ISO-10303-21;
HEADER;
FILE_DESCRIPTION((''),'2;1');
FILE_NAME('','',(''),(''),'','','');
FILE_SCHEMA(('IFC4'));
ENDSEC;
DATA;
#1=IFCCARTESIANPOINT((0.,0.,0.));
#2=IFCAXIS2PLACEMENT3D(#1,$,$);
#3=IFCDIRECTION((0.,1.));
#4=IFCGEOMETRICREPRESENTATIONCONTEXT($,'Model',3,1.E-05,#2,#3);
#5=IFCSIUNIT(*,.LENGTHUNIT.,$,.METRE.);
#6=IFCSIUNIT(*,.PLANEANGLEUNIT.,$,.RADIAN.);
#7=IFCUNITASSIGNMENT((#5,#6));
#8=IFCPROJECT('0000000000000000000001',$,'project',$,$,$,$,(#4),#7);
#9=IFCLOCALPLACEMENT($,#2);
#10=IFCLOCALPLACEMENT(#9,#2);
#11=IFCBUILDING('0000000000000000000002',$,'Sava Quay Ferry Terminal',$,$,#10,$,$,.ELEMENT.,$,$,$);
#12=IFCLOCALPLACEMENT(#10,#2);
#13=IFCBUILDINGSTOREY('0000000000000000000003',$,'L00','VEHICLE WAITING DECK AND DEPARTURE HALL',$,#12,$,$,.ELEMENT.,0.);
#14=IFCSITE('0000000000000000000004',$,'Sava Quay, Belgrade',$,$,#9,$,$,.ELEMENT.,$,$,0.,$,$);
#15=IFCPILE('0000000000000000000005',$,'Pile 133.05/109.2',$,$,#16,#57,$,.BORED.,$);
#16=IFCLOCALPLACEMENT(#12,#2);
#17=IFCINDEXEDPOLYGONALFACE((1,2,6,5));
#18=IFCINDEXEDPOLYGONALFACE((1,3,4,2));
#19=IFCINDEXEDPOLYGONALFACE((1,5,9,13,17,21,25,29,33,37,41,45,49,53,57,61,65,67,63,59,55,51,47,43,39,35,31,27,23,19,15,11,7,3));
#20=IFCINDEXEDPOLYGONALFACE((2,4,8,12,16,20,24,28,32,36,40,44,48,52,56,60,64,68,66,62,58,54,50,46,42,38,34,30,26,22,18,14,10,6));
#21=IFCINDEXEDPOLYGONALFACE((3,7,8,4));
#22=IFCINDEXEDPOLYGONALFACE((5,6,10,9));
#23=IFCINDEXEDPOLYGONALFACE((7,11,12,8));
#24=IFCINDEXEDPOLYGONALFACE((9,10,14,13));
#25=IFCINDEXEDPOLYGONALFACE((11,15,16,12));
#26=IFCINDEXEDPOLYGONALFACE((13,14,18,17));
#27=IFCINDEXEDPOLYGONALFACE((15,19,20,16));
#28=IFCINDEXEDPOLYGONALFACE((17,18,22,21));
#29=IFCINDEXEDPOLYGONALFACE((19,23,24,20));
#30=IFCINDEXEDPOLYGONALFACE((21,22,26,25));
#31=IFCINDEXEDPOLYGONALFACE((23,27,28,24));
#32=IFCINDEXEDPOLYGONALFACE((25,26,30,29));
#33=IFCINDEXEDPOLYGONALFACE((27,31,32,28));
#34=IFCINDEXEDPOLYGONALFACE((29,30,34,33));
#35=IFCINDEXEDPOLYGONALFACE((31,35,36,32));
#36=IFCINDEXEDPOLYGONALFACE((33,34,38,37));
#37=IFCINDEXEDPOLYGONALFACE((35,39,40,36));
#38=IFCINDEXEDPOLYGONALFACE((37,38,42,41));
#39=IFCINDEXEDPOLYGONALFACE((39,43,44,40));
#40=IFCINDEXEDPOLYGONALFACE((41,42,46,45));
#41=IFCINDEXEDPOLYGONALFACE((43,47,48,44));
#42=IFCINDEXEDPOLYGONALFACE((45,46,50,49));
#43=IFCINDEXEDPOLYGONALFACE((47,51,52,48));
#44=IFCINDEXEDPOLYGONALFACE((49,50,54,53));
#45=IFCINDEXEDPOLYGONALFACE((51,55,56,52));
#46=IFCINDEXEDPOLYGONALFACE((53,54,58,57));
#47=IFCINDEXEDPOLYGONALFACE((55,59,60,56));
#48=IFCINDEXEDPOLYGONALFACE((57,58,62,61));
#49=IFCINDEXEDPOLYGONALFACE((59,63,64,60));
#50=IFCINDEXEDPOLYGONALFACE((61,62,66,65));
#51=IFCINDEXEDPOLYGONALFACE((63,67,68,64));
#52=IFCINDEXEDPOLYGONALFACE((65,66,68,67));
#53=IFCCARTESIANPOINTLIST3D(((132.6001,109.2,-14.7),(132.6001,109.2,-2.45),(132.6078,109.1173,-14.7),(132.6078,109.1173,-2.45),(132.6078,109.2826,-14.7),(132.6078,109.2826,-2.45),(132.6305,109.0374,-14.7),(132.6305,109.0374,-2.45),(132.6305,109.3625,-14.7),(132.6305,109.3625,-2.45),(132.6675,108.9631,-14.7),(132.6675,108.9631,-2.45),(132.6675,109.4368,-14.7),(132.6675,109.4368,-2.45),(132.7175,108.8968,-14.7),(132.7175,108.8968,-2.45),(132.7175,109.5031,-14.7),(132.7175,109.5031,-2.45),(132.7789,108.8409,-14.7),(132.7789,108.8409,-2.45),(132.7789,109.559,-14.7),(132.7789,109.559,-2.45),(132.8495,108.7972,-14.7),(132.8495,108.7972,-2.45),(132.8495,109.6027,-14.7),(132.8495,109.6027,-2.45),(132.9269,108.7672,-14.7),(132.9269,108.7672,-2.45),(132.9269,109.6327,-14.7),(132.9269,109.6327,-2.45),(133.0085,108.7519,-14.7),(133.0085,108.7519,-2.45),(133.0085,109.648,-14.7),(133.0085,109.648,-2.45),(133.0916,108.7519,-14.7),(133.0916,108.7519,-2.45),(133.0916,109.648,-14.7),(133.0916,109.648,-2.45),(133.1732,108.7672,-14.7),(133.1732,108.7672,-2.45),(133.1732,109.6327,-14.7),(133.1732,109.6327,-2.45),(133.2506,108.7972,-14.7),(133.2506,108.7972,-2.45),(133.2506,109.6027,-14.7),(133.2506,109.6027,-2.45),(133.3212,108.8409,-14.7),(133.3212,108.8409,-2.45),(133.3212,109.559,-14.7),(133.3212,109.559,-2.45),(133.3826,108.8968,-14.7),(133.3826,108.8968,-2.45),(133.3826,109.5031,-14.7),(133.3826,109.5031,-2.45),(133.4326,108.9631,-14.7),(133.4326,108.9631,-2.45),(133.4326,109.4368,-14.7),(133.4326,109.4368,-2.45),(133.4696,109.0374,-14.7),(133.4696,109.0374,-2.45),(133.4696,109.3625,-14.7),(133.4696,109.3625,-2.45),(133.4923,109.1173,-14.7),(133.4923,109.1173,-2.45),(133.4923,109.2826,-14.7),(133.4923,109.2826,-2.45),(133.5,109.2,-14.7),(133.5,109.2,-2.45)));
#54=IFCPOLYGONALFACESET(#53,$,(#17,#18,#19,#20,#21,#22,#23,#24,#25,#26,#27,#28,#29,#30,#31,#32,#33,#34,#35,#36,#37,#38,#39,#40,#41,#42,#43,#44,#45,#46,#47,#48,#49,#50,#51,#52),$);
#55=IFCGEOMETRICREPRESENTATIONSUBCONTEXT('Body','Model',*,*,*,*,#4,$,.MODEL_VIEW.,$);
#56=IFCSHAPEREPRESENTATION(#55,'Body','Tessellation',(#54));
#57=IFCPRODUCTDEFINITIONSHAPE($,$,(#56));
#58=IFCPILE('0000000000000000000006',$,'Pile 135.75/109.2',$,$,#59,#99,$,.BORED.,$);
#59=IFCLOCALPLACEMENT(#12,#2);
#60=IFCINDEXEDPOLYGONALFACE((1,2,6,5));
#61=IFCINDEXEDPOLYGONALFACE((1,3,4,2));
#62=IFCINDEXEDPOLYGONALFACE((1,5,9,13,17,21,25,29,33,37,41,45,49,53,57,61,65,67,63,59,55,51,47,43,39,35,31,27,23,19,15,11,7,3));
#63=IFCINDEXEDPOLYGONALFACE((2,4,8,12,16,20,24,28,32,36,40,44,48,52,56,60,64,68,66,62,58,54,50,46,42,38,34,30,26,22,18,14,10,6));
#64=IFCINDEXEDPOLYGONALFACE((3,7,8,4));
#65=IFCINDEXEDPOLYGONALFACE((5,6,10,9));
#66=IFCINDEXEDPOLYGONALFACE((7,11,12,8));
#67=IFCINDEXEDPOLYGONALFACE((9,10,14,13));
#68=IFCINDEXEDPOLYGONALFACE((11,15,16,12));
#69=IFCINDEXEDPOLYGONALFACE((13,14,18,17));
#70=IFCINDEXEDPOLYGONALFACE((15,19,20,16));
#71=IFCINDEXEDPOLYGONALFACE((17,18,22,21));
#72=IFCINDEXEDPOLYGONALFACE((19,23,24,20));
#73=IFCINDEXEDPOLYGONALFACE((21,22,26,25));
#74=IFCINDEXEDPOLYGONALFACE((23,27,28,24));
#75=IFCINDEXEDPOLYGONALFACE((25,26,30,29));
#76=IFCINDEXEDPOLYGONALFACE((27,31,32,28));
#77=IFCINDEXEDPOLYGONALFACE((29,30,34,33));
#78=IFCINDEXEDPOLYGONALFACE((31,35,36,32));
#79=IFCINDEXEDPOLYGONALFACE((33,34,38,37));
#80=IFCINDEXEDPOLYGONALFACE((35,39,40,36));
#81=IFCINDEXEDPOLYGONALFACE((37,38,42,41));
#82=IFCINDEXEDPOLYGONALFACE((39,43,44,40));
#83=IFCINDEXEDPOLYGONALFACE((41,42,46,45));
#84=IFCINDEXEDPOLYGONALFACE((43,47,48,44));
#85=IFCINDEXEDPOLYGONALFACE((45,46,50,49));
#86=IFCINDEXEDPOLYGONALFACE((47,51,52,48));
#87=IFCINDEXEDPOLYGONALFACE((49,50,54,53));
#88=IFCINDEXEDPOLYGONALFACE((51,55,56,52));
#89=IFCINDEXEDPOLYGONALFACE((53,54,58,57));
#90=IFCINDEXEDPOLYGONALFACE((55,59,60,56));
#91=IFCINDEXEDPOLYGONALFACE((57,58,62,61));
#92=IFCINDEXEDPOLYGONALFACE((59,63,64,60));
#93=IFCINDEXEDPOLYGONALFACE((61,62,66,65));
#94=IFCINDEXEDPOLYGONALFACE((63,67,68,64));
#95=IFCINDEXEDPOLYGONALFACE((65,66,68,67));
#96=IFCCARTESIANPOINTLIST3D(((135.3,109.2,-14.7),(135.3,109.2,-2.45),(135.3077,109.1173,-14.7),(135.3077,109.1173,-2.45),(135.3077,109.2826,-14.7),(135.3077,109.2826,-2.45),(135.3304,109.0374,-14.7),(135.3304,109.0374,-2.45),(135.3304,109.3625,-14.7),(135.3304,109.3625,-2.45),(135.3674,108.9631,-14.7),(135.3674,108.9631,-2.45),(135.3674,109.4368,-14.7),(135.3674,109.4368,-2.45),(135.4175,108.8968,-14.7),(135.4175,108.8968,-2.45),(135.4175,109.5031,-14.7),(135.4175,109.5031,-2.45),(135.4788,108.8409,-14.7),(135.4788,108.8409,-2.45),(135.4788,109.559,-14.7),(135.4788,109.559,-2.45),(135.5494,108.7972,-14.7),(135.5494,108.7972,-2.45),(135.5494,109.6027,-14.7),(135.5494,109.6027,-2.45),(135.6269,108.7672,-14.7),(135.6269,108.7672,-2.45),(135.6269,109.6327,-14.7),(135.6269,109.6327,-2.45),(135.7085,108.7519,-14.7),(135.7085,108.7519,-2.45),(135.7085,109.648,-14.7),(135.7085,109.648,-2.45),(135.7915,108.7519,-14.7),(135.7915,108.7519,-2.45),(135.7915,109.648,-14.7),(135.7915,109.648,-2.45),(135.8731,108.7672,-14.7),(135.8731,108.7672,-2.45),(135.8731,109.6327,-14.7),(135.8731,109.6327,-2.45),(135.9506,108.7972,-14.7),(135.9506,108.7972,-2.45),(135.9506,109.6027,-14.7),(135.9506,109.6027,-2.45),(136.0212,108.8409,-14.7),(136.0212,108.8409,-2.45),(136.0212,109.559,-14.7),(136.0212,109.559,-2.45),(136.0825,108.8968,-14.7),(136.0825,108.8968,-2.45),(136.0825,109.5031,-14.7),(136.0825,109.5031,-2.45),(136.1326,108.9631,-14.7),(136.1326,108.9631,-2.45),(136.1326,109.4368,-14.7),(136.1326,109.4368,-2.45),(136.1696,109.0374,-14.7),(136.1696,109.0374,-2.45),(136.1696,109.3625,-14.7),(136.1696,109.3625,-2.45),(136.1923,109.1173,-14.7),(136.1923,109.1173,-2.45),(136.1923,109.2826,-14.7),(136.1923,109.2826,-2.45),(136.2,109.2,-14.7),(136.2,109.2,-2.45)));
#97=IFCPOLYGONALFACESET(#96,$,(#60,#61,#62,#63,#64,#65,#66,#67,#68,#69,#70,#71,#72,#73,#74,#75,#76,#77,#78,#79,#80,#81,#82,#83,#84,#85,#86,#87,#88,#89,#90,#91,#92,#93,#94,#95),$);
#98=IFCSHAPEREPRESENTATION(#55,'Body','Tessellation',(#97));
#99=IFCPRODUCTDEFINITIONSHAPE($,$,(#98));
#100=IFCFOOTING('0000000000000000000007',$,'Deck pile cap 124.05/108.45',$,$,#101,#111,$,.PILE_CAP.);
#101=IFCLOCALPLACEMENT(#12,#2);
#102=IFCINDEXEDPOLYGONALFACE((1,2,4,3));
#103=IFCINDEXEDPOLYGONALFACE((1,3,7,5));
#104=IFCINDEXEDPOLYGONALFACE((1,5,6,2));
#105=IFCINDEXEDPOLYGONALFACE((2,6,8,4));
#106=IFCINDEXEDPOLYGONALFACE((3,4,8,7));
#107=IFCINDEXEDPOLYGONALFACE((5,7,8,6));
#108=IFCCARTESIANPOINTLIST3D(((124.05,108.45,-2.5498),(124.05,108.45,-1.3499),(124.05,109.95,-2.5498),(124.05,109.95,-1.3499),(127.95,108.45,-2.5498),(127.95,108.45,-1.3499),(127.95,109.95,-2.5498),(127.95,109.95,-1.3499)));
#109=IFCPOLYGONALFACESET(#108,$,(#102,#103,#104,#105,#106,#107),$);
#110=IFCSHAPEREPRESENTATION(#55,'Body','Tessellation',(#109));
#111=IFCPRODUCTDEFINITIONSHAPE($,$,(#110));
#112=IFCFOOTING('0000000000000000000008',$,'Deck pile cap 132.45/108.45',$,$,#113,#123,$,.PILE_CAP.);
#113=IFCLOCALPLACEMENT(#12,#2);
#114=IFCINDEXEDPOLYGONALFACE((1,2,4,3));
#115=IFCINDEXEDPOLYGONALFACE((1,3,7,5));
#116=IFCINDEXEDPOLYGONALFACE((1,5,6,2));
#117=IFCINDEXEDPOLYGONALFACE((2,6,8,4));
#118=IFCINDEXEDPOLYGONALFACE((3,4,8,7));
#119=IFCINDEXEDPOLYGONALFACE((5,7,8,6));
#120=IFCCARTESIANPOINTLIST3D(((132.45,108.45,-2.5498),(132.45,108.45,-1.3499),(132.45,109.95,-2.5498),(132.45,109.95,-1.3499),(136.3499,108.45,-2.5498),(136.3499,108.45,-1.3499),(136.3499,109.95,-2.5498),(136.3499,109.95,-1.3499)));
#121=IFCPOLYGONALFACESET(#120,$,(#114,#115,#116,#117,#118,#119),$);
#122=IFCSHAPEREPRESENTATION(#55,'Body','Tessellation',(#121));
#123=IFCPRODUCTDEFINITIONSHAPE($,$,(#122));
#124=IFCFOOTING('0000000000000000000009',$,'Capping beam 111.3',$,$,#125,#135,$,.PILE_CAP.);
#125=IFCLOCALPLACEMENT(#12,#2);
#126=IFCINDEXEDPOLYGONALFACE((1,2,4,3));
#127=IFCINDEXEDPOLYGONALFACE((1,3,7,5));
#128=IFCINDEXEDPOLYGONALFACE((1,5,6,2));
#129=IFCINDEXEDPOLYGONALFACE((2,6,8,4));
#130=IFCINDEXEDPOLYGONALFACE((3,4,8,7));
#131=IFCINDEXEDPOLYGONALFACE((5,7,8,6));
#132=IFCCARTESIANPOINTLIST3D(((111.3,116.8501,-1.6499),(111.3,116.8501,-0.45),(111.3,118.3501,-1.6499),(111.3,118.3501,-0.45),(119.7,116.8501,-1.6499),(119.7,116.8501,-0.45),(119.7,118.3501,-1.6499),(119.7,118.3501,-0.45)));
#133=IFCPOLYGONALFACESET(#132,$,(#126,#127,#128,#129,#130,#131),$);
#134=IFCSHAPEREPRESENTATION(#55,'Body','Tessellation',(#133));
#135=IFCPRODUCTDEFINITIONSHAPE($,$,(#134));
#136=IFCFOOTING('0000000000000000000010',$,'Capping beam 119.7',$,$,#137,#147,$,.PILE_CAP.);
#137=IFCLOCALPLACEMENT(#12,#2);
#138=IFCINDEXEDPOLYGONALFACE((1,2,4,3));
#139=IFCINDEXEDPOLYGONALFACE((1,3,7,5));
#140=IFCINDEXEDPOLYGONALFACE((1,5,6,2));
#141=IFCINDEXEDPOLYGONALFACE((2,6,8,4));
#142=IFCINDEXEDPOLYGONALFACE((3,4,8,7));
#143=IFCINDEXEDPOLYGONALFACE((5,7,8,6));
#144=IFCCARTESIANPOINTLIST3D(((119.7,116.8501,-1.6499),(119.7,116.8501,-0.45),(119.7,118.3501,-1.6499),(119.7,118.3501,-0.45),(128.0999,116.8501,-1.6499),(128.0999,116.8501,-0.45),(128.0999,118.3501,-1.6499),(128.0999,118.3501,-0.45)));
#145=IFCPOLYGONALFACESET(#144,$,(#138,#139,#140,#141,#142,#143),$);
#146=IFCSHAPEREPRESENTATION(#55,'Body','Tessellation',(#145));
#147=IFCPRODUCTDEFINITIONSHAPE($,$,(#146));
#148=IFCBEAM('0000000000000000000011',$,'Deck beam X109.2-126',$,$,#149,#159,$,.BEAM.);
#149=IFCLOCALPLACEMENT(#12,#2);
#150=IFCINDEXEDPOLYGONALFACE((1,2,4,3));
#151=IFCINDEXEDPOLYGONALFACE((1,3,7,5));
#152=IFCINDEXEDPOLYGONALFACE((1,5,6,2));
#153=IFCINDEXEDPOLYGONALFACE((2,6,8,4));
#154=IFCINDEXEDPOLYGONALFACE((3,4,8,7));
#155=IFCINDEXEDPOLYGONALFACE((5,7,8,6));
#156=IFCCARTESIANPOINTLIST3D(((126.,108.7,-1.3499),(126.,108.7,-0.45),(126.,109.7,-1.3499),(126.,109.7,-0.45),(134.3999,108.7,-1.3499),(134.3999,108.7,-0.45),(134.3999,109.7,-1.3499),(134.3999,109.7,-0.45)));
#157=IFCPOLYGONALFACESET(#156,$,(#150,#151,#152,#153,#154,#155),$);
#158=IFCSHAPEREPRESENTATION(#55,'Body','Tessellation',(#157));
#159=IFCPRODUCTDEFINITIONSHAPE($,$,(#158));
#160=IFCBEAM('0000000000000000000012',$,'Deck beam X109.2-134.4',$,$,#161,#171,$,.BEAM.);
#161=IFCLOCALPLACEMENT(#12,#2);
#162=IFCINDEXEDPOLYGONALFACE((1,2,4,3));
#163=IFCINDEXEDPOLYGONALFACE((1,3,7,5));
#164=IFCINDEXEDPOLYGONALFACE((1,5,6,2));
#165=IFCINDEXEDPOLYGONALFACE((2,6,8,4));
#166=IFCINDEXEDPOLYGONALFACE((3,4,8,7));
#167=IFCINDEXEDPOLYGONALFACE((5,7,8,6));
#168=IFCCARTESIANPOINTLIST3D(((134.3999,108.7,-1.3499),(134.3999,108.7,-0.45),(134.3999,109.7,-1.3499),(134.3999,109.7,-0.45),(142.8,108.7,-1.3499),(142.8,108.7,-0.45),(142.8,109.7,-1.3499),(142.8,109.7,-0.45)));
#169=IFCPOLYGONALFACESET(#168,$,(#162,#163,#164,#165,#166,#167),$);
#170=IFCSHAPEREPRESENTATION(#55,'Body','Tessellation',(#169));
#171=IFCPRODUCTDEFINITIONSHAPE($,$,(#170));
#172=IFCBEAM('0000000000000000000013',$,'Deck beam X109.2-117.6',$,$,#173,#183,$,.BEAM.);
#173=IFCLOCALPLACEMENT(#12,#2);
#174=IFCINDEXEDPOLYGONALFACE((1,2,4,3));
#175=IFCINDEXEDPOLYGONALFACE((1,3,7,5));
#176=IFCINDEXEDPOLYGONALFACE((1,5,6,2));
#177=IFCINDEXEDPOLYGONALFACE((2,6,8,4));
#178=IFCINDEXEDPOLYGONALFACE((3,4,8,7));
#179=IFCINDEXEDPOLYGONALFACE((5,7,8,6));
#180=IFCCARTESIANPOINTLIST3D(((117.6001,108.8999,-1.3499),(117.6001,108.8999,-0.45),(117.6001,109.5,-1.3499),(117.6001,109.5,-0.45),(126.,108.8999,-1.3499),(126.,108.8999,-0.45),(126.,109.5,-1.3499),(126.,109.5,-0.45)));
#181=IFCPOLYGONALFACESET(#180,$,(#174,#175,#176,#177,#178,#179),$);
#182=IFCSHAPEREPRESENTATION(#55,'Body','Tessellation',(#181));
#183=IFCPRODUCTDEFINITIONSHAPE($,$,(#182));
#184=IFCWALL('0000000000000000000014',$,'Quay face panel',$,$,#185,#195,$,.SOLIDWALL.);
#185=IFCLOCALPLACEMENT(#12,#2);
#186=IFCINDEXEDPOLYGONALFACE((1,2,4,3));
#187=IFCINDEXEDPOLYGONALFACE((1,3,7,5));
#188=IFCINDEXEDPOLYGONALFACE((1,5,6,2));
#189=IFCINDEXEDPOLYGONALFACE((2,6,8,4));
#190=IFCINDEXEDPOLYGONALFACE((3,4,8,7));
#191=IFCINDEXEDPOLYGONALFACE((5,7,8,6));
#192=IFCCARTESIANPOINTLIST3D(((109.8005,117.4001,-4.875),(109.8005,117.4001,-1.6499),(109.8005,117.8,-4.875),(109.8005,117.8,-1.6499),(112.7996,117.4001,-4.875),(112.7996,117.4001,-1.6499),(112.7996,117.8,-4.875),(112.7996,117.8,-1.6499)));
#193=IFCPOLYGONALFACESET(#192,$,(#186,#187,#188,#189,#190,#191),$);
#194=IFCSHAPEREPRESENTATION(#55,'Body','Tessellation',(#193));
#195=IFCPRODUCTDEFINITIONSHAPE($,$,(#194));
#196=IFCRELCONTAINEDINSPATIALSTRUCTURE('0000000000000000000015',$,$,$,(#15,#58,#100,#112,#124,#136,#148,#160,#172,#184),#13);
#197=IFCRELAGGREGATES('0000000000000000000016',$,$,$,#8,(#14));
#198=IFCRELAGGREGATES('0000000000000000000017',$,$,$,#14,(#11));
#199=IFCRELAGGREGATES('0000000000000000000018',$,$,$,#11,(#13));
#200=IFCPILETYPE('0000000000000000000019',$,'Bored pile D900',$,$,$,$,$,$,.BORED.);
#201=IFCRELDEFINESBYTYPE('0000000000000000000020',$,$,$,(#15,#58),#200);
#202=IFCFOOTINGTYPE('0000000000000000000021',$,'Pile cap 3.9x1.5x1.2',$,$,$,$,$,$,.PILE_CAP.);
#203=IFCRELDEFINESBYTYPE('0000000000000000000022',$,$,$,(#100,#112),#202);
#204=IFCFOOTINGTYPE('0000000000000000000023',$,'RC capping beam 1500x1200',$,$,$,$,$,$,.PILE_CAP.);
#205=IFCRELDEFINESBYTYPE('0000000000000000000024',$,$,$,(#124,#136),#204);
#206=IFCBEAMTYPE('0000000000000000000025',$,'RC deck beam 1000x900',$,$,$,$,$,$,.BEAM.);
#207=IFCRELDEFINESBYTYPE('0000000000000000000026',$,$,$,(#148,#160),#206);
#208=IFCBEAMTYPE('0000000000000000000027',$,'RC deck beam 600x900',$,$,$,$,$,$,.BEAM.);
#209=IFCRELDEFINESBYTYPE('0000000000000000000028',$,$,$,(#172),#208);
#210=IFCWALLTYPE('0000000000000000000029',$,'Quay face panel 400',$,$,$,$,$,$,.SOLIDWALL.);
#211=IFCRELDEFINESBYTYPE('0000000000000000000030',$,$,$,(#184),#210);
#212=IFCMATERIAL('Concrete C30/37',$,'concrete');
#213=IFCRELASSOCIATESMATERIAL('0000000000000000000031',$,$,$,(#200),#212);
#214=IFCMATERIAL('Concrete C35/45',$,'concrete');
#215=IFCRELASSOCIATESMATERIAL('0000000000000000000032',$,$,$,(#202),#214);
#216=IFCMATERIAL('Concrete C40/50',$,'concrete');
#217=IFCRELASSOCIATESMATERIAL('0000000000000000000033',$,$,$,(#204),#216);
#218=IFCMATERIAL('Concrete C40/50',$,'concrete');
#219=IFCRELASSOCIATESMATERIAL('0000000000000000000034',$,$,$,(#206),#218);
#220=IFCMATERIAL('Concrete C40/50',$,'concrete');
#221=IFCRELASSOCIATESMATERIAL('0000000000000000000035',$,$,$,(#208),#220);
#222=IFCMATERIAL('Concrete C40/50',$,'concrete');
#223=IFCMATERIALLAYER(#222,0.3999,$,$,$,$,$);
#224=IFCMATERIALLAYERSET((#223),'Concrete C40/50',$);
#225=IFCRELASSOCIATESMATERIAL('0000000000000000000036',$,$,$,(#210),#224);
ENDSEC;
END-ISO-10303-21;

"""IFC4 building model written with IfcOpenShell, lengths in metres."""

from ifc_helpers import new_model, si_unit, direction, frame, frame_2d, origin, origin_2d, place, context, subcontext, project, spatial, rectangle, circle, extrude, material, layer, layer_set, material_profile, profile_set, type_object, element, save


model = new_model("IFC4")

# Units and contexts
model_context = context("Model", 3, precision=1e-05, world=origin(), true_north=direction((0.0, 1.0)))
body_context = subcontext(model_context, "Body", "Model", "MODEL_VIEW")
ifc_project = project(units=[si_unit("LENGTHUNIT", "METRE"), si_unit("PLANEANGLEUNIT", "RADIAN")], contexts=[model_context])

# Site, building, storey
site_placement = place(None, origin())
site = spatial("IfcSite", under=ifc_project, at=site_placement, Name="Sava Quay, Belgrade", CompositionType="ELEMENT", RefElevation=0.0)
building_placement = place(site_placement, origin())
building = spatial("IfcBuilding", under=site, at=building_placement, Name="Sava Quay Ferry Terminal", CompositionType="ELEMENT")
storey_placement = place(building_placement, origin())
storey = spatial("IfcBuildingStorey", under=building, at=storey_placement, Name="L00", Description="VEHICLE WAITING DECK AND DEPARTURE HALL", CompositionType="ELEMENT", Elevation=0.0)

# Piles
ifc_material_1 = material(Name="Concrete C30/37", Category="concrete")
ifc_material_profile_1 = material_profile(ifc_material_1, circle(Radius=0.45, at=origin_2d()), Name="Bored pile D900")
ifc_profile_set_1 = profile_set([ifc_material_profile_1], Name="Concrete C30/37")
pile_type_1 = type_object("IfcPileType", Name="Bored pile D900", PredefinedType="BORED", material=ifc_profile_set_1)
for number, where, z_axis, x_axis, name in (
    (1, (133.05, 109.2, -2.45), (0.0, 0.0, -1.0), (1.0, 0.0, 0.0), "Pile 133.05/109.2"),
    (2, (135.75, 109.2, -2.45), (0.0, 0.0, -1.0), (1.0, 0.0, 0.0), "Pile 135.75/109.2"),
):
    element("IfcPile", number, at=place(storey_placement, frame(where, z_axis=z_axis, x_axis=x_axis)), inside=storey, type_object=pile_type_1, Name=name, PredefinedType="BORED", context=body_context, shape_type="SweptSolid", body=[
        extrude(circle(Radius=0.45, at=origin_2d()), origin(), (0.0, 0.0, 1.0), 12.25),
    ])

# Footings
ifc_material_2 = material(Name="Concrete C35/45", Category="concrete")
footing_type_1 = type_object("IfcFootingType", Name="Pile cap 3.9x1.5x1.2", PredefinedType="PILE_CAP", material=ifc_material_2)
for number, where, z_axis, x_axis, name in (
    (3, (126.0, 109.2, -2.5498), (0.0, 0.0, 1.0), (1.0, 0.0, 0.0), "Deck pile cap 124.05/108.45"),
    (4, (134.3999, 109.2, -2.5498), (0.0, 0.0, 1.0), (1.0, 0.0, 0.0), "Deck pile cap 132.45/108.45"),
):
    element("IfcFooting", number, at=place(storey_placement, frame(where, z_axis=z_axis, x_axis=x_axis)), inside=storey, type_object=footing_type_1, Name=name, PredefinedType="PILE_CAP", context=body_context, shape_type="SweptSolid", body=[
        extrude(rectangle(XDim=3.8999, YDim=1.5, at=origin_2d()), origin(), (0.0, 0.0, 1.0), 1.2),
    ])
ifc_material_3 = material(Name="Concrete C40/50", Category="concrete")
footing_type_2 = type_object("IfcFootingType", Name="RC capping beam 1500x1200", PredefinedType="PILE_CAP", material=ifc_material_3)
for number, where, z_axis, x_axis, name in (
    (5, (115.5, 117.6001, -1.6499), (0.0, 0.0, 1.0), (1.0, 0.0, 0.0), "Capping beam 111.3"),
    (6, (123.8999, 117.6001, -1.6499), (0.0, 0.0, 1.0), (1.0, 0.0, 0.0), "Capping beam 119.7"),
):
    element("IfcFooting", number, at=place(storey_placement, frame(where, z_axis=z_axis, x_axis=x_axis)), inside=storey, type_object=footing_type_2, Name=name, PredefinedType="PILE_CAP", context=body_context, shape_type="SweptSolid", body=[
        extrude(rectangle(XDim=8.3999, YDim=1.5, at=origin_2d()), origin(), (0.0, 0.0, 1.0), 1.2),
    ])

# Beams
ifc_material_4 = material(Name="Concrete C40/50", Category="concrete")
ifc_material_profile_2 = material_profile(ifc_material_4, rectangle(XDim=1.0, YDim=0.8999, at=origin_2d()), Name="RC 1000x900")
ifc_profile_set_2 = profile_set([ifc_material_profile_2], Name="Concrete C40/50")
beam_type_1 = type_object("IfcBeamType", Name="RC deck beam 1000x900", PredefinedType="BEAM", material=ifc_profile_set_2)
beam_1_placement = place(storey_placement, frame((126.0, 109.2, -0.8999), z_axis=(1.0, 0.0, 0.0), x_axis=(0.0, 1.0, 0.0)))
element("IfcBeam", 7, at=beam_1_placement, inside=storey, type_object=beam_type_1, Name="Deck beam X109.2-126", PredefinedType="BEAM", context=body_context, shape_type="SweptSolid", body=[
    extrude(rectangle(XDim=1.0, YDim=0.8999, at=origin_2d()), origin(), (0.0, 0.0, 1.0), 8.3999),
])
beam_2_placement = place(storey_placement, frame((134.3999, 109.2, -0.8999), z_axis=(1.0, 0.0, 0.0), x_axis=(0.0, 1.0, 0.0)))
element("IfcBeam", 8, at=beam_2_placement, inside=storey, type_object=beam_type_1, Name="Deck beam X109.2-134.4", PredefinedType="BEAM", context=body_context, shape_type="SweptSolid", body=[
    extrude(rectangle(XDim=1.0, YDim=0.8999, at=origin_2d()), origin(), (0.0, 0.0, 1.0), 8.4001),
])
ifc_material_5 = material(Name="Concrete C40/50", Category="concrete")
ifc_material_profile_3 = material_profile(ifc_material_5, rectangle(XDim=0.6001, YDim=0.8999, at=origin_2d()), Name="RC 600x900")
ifc_profile_set_3 = profile_set([ifc_material_profile_3], Name="Concrete C40/50")
beam_type_2 = type_object("IfcBeamType", Name="RC deck beam 600x900", PredefinedType="BEAM", material=ifc_profile_set_3)
beam_3_placement = place(storey_placement, frame((117.6001, 109.2, -0.8999), z_axis=(1.0, 0.0, 0.0), x_axis=(0.0, 1.0, 0.0)))
element("IfcBeam", 9, at=beam_3_placement, inside=storey, type_object=beam_type_2, Name="Deck beam X109.2-117.6", PredefinedType="BEAM", context=body_context, shape_type="SweptSolid", body=[
    extrude(rectangle(XDim=0.6001, YDim=0.8999, at=origin_2d()), origin(), (0.0, 0.0, 1.0), 8.3999),
])

# Wall
ifc_material_6 = material(Name="Concrete C40/50", Category="concrete")
ifc_layer_1 = layer(ifc_material_6, 0.3999)
ifc_layer_set_1 = layer_set([ifc_layer_1], Name="Concrete C40/50")
wall_type = type_object("IfcWallType", Name="Quay face panel 400", PredefinedType="SOLIDWALL", material=ifc_layer_set_1)
for number, where, z_axis, x_axis, name in (
    (10, (109.8005, 117.6001, -4.875), (0.0, 0.0, 1.0), (1.0, 0.0, 0.0), "Quay face panel"),
):
    element("IfcWall", number, at=place(storey_placement, frame(where, z_axis=z_axis, x_axis=x_axis)), inside=storey, type_object=wall_type, Name=name, PredefinedType="SOLIDWALL", context=body_context, shape_type="SweptSolid", body=[
        extrude(rectangle(XDim=2.999, YDim=0.3999, at=frame_2d((1.4995, 0.0))), origin(), (0.0, 0.0, 1.0), 3.2251),
    ])

save(model, "model.ifc")
